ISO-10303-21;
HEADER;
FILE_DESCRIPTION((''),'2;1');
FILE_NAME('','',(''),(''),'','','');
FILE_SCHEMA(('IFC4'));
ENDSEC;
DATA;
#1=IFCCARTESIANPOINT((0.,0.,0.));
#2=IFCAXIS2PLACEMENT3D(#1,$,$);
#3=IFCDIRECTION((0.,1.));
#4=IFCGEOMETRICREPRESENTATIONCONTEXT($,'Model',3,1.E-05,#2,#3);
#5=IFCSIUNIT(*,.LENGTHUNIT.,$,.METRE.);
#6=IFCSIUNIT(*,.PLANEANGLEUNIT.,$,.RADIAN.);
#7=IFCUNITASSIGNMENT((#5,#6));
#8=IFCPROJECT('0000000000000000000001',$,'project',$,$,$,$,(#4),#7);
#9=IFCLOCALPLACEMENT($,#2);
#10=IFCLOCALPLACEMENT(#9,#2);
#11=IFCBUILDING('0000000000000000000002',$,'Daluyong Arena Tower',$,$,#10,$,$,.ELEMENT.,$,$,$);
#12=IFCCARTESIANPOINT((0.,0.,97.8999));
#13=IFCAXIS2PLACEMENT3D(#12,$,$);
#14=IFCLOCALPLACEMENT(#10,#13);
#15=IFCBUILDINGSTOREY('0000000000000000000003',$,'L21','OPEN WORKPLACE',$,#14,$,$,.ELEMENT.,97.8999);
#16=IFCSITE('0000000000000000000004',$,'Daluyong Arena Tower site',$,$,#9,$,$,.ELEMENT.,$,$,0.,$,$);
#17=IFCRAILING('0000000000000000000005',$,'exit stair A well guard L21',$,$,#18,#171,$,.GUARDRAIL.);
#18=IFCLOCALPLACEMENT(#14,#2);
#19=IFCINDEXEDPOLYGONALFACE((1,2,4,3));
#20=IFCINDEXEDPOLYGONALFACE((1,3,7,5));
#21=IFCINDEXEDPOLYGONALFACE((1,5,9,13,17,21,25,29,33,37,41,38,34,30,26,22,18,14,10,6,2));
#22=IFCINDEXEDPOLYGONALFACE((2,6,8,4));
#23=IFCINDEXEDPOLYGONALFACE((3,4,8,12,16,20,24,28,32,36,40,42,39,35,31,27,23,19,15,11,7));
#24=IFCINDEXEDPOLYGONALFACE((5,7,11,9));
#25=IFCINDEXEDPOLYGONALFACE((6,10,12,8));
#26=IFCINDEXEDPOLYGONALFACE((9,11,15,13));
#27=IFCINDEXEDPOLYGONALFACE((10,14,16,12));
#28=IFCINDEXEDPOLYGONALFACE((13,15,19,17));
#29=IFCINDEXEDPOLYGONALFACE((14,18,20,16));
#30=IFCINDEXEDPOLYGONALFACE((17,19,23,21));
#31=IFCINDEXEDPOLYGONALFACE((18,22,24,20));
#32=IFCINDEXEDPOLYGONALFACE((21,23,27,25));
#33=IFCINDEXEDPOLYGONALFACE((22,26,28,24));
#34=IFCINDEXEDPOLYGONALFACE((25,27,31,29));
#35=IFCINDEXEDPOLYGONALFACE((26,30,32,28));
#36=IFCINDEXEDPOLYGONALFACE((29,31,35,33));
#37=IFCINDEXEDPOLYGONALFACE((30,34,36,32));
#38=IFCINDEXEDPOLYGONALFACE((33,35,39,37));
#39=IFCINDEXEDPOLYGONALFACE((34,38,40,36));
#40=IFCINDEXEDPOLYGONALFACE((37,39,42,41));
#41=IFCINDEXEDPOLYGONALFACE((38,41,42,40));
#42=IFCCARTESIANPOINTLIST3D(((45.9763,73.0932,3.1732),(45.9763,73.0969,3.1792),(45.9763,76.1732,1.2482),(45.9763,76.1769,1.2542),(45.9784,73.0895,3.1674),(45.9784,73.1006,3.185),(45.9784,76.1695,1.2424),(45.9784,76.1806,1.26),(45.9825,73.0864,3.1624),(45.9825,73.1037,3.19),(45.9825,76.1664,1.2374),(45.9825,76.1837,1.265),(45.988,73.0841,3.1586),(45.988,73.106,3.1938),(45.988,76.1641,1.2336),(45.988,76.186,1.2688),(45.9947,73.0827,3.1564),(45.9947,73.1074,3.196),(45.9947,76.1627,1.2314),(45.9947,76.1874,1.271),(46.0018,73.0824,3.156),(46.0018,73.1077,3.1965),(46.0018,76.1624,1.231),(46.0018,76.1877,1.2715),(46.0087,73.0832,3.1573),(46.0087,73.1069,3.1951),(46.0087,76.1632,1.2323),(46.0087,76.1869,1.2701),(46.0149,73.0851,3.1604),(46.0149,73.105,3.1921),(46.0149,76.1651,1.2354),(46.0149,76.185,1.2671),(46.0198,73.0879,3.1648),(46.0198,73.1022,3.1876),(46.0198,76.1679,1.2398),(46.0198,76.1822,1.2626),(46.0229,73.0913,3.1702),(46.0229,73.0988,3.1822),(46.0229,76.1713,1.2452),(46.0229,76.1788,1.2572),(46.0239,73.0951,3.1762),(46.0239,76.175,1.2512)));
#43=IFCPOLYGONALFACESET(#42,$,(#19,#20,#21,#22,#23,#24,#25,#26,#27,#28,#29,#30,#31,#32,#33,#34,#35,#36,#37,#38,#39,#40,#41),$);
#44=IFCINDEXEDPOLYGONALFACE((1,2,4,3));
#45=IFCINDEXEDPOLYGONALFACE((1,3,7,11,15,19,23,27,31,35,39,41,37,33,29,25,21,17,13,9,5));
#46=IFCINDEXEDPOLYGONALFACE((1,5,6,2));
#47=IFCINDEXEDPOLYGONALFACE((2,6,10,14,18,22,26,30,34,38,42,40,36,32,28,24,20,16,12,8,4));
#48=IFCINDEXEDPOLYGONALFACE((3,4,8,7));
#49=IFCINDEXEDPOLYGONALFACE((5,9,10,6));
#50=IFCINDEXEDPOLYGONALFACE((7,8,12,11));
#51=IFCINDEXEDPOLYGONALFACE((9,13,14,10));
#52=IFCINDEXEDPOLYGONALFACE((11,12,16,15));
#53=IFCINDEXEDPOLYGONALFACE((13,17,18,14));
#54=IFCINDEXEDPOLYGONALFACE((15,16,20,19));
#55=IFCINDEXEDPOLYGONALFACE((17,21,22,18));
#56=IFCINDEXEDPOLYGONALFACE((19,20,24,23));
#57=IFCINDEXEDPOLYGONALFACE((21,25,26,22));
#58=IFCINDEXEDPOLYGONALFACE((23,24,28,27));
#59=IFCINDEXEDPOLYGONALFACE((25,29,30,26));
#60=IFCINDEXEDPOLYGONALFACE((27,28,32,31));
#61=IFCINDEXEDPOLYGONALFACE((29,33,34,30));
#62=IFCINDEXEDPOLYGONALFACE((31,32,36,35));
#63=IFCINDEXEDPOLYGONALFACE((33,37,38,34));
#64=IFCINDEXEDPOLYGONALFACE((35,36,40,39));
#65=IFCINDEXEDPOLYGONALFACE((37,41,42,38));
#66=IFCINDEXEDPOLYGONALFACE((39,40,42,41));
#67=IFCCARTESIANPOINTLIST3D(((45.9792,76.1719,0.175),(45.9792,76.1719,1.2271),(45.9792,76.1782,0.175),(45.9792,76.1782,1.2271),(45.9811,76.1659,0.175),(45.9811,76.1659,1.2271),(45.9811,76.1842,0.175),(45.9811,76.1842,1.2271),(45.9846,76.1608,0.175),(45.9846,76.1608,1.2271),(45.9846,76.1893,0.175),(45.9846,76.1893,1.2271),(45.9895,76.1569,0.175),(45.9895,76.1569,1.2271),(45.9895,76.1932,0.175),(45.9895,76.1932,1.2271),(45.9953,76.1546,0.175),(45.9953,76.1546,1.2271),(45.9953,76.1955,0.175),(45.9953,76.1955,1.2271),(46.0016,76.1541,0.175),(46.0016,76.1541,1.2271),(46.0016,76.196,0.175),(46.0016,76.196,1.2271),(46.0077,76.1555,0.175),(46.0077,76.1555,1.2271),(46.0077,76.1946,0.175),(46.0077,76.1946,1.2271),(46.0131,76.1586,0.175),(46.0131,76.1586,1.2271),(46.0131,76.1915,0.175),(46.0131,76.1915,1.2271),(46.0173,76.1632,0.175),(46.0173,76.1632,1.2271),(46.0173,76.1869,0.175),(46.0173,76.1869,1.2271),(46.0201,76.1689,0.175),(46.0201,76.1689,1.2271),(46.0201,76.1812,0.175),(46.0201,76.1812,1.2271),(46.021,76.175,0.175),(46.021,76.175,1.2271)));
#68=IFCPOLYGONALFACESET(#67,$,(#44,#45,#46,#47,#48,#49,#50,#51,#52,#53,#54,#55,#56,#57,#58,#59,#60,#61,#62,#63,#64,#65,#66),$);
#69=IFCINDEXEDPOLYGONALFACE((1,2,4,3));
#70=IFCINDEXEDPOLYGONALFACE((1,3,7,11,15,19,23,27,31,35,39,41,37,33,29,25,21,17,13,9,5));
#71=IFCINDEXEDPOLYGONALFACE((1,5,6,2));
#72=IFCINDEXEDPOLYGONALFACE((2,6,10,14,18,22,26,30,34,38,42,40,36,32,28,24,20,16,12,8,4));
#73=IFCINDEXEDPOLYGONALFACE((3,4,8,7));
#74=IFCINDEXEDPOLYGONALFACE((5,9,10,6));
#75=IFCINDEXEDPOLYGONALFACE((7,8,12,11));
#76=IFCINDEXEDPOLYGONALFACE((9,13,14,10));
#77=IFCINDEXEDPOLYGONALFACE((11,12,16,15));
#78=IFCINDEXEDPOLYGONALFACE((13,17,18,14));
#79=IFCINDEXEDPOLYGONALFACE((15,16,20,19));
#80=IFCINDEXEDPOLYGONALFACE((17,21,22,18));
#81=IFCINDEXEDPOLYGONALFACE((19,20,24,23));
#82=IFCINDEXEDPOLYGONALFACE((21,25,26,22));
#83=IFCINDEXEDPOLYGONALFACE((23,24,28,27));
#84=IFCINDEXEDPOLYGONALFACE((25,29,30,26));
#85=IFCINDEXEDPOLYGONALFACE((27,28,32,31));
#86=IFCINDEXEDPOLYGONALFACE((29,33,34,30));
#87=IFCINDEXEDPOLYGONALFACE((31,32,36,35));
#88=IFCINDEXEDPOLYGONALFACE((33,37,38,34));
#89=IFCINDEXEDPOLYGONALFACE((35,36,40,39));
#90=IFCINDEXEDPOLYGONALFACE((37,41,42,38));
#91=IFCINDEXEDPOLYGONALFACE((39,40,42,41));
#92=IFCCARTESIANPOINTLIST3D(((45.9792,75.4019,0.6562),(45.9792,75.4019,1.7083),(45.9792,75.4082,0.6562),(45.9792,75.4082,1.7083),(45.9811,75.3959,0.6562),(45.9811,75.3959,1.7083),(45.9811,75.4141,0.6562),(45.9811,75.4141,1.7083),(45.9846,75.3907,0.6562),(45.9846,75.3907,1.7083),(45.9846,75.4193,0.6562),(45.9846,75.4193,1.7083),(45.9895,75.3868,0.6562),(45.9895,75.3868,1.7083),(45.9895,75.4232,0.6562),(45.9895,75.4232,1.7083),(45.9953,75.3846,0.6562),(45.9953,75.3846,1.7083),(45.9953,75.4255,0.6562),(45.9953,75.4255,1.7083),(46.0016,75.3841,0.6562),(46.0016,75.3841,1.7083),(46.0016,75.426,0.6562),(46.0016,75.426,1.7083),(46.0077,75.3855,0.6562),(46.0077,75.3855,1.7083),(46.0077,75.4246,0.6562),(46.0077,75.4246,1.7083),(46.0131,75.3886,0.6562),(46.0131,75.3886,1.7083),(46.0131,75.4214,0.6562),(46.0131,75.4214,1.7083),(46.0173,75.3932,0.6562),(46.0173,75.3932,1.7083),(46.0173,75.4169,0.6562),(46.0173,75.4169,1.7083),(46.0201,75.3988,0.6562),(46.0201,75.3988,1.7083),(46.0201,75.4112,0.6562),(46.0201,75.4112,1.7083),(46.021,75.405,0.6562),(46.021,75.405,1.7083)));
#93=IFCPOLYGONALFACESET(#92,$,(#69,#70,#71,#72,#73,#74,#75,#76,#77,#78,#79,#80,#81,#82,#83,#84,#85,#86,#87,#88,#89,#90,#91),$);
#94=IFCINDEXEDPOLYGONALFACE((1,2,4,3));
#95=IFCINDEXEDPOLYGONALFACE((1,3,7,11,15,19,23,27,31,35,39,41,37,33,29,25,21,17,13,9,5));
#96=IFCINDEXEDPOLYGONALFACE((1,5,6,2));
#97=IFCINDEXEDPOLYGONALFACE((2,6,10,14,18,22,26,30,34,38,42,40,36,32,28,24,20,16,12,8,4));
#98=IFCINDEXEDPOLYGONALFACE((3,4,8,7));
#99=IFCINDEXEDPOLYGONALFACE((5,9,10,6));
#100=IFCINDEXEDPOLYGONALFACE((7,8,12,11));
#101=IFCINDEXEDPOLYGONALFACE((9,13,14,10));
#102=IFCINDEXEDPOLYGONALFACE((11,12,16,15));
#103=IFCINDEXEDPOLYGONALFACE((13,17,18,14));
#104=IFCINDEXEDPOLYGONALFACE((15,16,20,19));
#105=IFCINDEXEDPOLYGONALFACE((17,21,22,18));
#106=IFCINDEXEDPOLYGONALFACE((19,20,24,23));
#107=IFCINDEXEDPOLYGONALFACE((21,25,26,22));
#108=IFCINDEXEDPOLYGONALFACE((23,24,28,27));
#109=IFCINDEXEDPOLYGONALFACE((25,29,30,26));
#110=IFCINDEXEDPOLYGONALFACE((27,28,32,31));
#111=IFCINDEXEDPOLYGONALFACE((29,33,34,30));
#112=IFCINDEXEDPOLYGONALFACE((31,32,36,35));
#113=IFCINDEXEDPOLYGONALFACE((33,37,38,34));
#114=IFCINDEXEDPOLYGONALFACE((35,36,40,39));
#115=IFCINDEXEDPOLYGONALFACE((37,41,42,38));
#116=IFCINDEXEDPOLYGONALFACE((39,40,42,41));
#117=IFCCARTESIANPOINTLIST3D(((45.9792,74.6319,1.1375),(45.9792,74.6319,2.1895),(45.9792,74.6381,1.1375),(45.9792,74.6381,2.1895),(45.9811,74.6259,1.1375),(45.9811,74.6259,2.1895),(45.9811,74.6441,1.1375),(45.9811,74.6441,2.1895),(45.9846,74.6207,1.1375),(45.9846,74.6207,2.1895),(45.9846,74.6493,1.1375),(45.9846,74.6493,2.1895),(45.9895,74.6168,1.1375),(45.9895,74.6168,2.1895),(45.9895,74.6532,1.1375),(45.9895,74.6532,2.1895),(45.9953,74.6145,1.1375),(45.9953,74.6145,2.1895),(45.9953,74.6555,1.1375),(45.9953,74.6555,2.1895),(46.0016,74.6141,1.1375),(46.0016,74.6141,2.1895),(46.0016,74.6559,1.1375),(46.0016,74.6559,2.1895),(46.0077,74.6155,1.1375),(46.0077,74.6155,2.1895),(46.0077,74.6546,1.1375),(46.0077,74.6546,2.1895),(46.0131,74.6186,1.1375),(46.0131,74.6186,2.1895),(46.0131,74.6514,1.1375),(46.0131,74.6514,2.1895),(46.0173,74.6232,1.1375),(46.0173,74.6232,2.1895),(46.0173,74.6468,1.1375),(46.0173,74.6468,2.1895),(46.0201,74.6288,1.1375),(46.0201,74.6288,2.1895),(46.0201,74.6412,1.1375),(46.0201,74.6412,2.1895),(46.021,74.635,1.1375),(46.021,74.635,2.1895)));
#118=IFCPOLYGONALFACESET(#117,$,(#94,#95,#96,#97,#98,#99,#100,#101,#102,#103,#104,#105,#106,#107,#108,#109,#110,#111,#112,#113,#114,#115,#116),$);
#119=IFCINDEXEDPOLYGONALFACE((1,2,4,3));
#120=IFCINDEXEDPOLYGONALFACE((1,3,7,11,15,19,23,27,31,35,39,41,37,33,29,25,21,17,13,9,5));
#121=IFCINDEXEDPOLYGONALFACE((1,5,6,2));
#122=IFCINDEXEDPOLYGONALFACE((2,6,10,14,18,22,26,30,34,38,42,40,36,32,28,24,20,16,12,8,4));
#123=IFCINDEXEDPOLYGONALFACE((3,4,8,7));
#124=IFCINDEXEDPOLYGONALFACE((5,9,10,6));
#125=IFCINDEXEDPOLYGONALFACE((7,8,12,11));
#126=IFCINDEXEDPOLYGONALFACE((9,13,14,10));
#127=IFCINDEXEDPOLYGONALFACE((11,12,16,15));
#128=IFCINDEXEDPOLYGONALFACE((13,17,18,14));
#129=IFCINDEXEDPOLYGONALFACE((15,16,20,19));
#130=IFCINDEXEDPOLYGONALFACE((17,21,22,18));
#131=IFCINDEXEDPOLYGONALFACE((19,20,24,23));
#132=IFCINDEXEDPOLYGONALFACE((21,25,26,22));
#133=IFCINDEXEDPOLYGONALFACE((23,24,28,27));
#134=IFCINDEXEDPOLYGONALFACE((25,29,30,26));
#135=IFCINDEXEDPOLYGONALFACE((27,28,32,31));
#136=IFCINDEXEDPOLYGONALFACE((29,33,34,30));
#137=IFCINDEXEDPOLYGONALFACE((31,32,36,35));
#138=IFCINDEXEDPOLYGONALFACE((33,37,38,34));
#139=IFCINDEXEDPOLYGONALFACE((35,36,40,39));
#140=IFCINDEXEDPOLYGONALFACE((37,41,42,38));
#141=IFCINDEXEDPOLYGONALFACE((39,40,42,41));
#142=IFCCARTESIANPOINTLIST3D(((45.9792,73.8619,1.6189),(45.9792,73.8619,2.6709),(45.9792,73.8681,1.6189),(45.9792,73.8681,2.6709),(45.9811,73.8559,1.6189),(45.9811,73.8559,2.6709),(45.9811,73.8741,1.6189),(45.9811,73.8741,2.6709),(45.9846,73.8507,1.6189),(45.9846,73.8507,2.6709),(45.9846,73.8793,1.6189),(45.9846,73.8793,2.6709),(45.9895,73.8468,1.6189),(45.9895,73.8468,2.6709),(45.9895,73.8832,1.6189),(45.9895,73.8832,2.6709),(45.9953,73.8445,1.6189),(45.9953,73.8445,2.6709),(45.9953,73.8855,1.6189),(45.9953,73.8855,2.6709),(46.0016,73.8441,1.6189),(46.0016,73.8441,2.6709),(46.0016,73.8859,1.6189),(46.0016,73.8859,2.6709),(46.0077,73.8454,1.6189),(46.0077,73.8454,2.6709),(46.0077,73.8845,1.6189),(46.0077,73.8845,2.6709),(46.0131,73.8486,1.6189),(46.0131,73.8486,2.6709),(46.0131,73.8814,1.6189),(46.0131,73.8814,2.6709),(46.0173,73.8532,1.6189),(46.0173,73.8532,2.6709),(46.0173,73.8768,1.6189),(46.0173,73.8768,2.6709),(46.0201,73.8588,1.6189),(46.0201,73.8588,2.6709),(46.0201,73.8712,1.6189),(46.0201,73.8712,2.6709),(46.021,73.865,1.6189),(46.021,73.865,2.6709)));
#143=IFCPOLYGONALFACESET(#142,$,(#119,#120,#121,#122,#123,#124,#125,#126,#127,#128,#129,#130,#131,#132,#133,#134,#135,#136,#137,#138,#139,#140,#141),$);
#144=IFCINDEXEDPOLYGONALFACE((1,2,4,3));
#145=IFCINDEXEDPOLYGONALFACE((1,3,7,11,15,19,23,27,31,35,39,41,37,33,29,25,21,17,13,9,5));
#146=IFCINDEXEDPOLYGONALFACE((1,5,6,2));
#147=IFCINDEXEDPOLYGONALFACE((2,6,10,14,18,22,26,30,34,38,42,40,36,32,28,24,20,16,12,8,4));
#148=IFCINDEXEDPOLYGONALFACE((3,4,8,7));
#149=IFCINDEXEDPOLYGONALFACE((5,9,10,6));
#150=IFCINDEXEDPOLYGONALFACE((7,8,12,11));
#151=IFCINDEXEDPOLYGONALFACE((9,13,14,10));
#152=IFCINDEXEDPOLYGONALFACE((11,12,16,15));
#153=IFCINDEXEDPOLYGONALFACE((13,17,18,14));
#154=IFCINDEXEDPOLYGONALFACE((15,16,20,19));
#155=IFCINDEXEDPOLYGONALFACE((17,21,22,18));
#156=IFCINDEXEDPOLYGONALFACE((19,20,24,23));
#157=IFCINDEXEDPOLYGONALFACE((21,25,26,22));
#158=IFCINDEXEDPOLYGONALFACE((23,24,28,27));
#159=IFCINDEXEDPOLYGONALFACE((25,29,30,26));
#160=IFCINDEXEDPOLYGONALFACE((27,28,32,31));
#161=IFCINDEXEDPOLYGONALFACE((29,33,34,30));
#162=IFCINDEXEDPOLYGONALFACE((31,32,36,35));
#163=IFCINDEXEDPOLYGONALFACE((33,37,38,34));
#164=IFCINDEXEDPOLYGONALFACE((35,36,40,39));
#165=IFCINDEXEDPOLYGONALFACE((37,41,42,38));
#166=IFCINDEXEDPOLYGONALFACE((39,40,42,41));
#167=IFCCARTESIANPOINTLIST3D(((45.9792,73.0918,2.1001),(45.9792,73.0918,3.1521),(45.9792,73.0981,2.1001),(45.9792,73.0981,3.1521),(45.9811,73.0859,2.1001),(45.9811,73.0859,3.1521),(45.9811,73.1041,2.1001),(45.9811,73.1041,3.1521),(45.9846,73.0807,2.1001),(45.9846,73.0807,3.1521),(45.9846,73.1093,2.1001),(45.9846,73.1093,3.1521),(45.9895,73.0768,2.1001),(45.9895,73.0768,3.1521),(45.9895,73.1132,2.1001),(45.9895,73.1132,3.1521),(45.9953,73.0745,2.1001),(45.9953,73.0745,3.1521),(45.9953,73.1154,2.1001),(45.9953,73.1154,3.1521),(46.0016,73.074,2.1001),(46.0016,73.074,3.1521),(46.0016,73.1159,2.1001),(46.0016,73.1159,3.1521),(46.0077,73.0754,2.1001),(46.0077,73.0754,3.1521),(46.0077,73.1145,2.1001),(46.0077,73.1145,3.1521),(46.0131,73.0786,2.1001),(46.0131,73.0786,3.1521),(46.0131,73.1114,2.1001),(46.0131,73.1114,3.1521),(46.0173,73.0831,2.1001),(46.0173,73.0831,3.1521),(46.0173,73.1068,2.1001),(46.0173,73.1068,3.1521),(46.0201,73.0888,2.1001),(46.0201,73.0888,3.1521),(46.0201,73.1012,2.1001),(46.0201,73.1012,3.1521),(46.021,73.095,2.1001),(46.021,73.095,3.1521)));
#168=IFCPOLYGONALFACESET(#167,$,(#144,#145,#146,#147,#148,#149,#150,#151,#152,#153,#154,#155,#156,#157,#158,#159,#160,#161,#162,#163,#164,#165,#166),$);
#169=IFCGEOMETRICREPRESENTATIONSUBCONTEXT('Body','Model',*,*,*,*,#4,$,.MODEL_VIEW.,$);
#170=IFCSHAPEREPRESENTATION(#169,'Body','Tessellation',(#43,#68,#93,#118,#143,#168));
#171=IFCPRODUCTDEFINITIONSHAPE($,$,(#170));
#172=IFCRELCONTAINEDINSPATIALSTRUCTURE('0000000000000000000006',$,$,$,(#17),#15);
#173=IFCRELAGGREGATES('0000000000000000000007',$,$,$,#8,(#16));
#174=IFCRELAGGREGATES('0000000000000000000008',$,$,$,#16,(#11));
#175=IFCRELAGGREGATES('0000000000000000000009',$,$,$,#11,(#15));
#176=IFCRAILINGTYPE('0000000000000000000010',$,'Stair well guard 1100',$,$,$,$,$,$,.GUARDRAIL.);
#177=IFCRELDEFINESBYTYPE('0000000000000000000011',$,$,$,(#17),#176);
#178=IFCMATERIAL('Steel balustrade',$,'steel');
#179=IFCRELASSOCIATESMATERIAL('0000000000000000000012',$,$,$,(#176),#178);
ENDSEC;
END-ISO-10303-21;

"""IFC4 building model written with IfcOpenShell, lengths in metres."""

from ifc_helpers import new_model, si_unit, direction, frame, origin, origin_2d, place, context, subcontext, project, spatial, circle, extrude, material, type_object, element, save


model = new_model("IFC4")

# Units and contexts
model_context = context("Model", 3, precision=1e-05, world=origin(), true_north=direction((0.0, 1.0)))
body_context = subcontext(model_context, "Body", "Model", "MODEL_VIEW")
ifc_project = project(units=[si_unit("LENGTHUNIT", "METRE"), si_unit("PLANEANGLEUNIT", "RADIAN")], contexts=[model_context])

# Site, building, storey
site_placement = place(None, origin())
site = spatial("IfcSite", under=ifc_project, at=site_placement, Name="Daluyong Arena Tower site", CompositionType="ELEMENT", RefElevation=0.0)
building_placement = place(site_placement, origin())
building = spatial("IfcBuilding", under=site, at=building_placement, Name="Daluyong Arena Tower", CompositionType="ELEMENT")
storey_placement = place(building_placement, frame((0.0, 0.0, 97.8999)))
storey = spatial("IfcBuildingStorey", under=building, at=storey_placement, Name="L21", Description="OPEN WORKPLACE", CompositionType="ELEMENT", Elevation=97.8999)

# Railing
ifc_material_1 = material(Name="Steel balustrade", Category="steel")
railing_type = type_object("IfcRailingType", Name="Stair well guard 1100", PredefinedType="GUARDRAIL", material=ifc_material_1)
railing_1_placement = place(storey_placement, frame((46.0, 76.175, 0.175)))
element("IfcRailing", 1, at=railing_1_placement, inside=storey, type_object=railing_type, Name="exit stair A well guard L21", PredefinedType="GUARDRAIL", context=body_context, shape_type="SweptSolid", body=[
    extrude(circle(Radius=0.0239, at=origin_2d()), frame((0.0, 0.0, 1.0762), z_axis=(0.0, -0.847998, 0.529999), x_axis=(1.0, 0.0, 0.0)), (0.0, 0.0, 1.0), 3.6321),
    extrude(circle(Radius=0.021, at=origin_2d()), origin(), (0.0, 0.0, 1.0), 1.052),
    extrude(circle(Radius=0.021, at=origin_2d()), frame((0.0, -0.77, 0.4812)), (0.0, 0.0, 1.0), 1.052),
    extrude(circle(Radius=0.021, at=origin_2d()), frame((0.0, -1.54, 0.9624)), (0.0, 0.0, 1.0), 1.052),
    extrude(circle(Radius=0.021, at=origin_2d()), frame((0.0, -2.3101, 1.4438)), (0.0, 0.0, 1.0), 1.052),
    extrude(circle(Radius=0.021, at=origin_2d()), frame((0.0, -3.0801, 1.925)), (0.0, 0.0, 1.0), 1.052),
])

save(model, "model.ifc")
